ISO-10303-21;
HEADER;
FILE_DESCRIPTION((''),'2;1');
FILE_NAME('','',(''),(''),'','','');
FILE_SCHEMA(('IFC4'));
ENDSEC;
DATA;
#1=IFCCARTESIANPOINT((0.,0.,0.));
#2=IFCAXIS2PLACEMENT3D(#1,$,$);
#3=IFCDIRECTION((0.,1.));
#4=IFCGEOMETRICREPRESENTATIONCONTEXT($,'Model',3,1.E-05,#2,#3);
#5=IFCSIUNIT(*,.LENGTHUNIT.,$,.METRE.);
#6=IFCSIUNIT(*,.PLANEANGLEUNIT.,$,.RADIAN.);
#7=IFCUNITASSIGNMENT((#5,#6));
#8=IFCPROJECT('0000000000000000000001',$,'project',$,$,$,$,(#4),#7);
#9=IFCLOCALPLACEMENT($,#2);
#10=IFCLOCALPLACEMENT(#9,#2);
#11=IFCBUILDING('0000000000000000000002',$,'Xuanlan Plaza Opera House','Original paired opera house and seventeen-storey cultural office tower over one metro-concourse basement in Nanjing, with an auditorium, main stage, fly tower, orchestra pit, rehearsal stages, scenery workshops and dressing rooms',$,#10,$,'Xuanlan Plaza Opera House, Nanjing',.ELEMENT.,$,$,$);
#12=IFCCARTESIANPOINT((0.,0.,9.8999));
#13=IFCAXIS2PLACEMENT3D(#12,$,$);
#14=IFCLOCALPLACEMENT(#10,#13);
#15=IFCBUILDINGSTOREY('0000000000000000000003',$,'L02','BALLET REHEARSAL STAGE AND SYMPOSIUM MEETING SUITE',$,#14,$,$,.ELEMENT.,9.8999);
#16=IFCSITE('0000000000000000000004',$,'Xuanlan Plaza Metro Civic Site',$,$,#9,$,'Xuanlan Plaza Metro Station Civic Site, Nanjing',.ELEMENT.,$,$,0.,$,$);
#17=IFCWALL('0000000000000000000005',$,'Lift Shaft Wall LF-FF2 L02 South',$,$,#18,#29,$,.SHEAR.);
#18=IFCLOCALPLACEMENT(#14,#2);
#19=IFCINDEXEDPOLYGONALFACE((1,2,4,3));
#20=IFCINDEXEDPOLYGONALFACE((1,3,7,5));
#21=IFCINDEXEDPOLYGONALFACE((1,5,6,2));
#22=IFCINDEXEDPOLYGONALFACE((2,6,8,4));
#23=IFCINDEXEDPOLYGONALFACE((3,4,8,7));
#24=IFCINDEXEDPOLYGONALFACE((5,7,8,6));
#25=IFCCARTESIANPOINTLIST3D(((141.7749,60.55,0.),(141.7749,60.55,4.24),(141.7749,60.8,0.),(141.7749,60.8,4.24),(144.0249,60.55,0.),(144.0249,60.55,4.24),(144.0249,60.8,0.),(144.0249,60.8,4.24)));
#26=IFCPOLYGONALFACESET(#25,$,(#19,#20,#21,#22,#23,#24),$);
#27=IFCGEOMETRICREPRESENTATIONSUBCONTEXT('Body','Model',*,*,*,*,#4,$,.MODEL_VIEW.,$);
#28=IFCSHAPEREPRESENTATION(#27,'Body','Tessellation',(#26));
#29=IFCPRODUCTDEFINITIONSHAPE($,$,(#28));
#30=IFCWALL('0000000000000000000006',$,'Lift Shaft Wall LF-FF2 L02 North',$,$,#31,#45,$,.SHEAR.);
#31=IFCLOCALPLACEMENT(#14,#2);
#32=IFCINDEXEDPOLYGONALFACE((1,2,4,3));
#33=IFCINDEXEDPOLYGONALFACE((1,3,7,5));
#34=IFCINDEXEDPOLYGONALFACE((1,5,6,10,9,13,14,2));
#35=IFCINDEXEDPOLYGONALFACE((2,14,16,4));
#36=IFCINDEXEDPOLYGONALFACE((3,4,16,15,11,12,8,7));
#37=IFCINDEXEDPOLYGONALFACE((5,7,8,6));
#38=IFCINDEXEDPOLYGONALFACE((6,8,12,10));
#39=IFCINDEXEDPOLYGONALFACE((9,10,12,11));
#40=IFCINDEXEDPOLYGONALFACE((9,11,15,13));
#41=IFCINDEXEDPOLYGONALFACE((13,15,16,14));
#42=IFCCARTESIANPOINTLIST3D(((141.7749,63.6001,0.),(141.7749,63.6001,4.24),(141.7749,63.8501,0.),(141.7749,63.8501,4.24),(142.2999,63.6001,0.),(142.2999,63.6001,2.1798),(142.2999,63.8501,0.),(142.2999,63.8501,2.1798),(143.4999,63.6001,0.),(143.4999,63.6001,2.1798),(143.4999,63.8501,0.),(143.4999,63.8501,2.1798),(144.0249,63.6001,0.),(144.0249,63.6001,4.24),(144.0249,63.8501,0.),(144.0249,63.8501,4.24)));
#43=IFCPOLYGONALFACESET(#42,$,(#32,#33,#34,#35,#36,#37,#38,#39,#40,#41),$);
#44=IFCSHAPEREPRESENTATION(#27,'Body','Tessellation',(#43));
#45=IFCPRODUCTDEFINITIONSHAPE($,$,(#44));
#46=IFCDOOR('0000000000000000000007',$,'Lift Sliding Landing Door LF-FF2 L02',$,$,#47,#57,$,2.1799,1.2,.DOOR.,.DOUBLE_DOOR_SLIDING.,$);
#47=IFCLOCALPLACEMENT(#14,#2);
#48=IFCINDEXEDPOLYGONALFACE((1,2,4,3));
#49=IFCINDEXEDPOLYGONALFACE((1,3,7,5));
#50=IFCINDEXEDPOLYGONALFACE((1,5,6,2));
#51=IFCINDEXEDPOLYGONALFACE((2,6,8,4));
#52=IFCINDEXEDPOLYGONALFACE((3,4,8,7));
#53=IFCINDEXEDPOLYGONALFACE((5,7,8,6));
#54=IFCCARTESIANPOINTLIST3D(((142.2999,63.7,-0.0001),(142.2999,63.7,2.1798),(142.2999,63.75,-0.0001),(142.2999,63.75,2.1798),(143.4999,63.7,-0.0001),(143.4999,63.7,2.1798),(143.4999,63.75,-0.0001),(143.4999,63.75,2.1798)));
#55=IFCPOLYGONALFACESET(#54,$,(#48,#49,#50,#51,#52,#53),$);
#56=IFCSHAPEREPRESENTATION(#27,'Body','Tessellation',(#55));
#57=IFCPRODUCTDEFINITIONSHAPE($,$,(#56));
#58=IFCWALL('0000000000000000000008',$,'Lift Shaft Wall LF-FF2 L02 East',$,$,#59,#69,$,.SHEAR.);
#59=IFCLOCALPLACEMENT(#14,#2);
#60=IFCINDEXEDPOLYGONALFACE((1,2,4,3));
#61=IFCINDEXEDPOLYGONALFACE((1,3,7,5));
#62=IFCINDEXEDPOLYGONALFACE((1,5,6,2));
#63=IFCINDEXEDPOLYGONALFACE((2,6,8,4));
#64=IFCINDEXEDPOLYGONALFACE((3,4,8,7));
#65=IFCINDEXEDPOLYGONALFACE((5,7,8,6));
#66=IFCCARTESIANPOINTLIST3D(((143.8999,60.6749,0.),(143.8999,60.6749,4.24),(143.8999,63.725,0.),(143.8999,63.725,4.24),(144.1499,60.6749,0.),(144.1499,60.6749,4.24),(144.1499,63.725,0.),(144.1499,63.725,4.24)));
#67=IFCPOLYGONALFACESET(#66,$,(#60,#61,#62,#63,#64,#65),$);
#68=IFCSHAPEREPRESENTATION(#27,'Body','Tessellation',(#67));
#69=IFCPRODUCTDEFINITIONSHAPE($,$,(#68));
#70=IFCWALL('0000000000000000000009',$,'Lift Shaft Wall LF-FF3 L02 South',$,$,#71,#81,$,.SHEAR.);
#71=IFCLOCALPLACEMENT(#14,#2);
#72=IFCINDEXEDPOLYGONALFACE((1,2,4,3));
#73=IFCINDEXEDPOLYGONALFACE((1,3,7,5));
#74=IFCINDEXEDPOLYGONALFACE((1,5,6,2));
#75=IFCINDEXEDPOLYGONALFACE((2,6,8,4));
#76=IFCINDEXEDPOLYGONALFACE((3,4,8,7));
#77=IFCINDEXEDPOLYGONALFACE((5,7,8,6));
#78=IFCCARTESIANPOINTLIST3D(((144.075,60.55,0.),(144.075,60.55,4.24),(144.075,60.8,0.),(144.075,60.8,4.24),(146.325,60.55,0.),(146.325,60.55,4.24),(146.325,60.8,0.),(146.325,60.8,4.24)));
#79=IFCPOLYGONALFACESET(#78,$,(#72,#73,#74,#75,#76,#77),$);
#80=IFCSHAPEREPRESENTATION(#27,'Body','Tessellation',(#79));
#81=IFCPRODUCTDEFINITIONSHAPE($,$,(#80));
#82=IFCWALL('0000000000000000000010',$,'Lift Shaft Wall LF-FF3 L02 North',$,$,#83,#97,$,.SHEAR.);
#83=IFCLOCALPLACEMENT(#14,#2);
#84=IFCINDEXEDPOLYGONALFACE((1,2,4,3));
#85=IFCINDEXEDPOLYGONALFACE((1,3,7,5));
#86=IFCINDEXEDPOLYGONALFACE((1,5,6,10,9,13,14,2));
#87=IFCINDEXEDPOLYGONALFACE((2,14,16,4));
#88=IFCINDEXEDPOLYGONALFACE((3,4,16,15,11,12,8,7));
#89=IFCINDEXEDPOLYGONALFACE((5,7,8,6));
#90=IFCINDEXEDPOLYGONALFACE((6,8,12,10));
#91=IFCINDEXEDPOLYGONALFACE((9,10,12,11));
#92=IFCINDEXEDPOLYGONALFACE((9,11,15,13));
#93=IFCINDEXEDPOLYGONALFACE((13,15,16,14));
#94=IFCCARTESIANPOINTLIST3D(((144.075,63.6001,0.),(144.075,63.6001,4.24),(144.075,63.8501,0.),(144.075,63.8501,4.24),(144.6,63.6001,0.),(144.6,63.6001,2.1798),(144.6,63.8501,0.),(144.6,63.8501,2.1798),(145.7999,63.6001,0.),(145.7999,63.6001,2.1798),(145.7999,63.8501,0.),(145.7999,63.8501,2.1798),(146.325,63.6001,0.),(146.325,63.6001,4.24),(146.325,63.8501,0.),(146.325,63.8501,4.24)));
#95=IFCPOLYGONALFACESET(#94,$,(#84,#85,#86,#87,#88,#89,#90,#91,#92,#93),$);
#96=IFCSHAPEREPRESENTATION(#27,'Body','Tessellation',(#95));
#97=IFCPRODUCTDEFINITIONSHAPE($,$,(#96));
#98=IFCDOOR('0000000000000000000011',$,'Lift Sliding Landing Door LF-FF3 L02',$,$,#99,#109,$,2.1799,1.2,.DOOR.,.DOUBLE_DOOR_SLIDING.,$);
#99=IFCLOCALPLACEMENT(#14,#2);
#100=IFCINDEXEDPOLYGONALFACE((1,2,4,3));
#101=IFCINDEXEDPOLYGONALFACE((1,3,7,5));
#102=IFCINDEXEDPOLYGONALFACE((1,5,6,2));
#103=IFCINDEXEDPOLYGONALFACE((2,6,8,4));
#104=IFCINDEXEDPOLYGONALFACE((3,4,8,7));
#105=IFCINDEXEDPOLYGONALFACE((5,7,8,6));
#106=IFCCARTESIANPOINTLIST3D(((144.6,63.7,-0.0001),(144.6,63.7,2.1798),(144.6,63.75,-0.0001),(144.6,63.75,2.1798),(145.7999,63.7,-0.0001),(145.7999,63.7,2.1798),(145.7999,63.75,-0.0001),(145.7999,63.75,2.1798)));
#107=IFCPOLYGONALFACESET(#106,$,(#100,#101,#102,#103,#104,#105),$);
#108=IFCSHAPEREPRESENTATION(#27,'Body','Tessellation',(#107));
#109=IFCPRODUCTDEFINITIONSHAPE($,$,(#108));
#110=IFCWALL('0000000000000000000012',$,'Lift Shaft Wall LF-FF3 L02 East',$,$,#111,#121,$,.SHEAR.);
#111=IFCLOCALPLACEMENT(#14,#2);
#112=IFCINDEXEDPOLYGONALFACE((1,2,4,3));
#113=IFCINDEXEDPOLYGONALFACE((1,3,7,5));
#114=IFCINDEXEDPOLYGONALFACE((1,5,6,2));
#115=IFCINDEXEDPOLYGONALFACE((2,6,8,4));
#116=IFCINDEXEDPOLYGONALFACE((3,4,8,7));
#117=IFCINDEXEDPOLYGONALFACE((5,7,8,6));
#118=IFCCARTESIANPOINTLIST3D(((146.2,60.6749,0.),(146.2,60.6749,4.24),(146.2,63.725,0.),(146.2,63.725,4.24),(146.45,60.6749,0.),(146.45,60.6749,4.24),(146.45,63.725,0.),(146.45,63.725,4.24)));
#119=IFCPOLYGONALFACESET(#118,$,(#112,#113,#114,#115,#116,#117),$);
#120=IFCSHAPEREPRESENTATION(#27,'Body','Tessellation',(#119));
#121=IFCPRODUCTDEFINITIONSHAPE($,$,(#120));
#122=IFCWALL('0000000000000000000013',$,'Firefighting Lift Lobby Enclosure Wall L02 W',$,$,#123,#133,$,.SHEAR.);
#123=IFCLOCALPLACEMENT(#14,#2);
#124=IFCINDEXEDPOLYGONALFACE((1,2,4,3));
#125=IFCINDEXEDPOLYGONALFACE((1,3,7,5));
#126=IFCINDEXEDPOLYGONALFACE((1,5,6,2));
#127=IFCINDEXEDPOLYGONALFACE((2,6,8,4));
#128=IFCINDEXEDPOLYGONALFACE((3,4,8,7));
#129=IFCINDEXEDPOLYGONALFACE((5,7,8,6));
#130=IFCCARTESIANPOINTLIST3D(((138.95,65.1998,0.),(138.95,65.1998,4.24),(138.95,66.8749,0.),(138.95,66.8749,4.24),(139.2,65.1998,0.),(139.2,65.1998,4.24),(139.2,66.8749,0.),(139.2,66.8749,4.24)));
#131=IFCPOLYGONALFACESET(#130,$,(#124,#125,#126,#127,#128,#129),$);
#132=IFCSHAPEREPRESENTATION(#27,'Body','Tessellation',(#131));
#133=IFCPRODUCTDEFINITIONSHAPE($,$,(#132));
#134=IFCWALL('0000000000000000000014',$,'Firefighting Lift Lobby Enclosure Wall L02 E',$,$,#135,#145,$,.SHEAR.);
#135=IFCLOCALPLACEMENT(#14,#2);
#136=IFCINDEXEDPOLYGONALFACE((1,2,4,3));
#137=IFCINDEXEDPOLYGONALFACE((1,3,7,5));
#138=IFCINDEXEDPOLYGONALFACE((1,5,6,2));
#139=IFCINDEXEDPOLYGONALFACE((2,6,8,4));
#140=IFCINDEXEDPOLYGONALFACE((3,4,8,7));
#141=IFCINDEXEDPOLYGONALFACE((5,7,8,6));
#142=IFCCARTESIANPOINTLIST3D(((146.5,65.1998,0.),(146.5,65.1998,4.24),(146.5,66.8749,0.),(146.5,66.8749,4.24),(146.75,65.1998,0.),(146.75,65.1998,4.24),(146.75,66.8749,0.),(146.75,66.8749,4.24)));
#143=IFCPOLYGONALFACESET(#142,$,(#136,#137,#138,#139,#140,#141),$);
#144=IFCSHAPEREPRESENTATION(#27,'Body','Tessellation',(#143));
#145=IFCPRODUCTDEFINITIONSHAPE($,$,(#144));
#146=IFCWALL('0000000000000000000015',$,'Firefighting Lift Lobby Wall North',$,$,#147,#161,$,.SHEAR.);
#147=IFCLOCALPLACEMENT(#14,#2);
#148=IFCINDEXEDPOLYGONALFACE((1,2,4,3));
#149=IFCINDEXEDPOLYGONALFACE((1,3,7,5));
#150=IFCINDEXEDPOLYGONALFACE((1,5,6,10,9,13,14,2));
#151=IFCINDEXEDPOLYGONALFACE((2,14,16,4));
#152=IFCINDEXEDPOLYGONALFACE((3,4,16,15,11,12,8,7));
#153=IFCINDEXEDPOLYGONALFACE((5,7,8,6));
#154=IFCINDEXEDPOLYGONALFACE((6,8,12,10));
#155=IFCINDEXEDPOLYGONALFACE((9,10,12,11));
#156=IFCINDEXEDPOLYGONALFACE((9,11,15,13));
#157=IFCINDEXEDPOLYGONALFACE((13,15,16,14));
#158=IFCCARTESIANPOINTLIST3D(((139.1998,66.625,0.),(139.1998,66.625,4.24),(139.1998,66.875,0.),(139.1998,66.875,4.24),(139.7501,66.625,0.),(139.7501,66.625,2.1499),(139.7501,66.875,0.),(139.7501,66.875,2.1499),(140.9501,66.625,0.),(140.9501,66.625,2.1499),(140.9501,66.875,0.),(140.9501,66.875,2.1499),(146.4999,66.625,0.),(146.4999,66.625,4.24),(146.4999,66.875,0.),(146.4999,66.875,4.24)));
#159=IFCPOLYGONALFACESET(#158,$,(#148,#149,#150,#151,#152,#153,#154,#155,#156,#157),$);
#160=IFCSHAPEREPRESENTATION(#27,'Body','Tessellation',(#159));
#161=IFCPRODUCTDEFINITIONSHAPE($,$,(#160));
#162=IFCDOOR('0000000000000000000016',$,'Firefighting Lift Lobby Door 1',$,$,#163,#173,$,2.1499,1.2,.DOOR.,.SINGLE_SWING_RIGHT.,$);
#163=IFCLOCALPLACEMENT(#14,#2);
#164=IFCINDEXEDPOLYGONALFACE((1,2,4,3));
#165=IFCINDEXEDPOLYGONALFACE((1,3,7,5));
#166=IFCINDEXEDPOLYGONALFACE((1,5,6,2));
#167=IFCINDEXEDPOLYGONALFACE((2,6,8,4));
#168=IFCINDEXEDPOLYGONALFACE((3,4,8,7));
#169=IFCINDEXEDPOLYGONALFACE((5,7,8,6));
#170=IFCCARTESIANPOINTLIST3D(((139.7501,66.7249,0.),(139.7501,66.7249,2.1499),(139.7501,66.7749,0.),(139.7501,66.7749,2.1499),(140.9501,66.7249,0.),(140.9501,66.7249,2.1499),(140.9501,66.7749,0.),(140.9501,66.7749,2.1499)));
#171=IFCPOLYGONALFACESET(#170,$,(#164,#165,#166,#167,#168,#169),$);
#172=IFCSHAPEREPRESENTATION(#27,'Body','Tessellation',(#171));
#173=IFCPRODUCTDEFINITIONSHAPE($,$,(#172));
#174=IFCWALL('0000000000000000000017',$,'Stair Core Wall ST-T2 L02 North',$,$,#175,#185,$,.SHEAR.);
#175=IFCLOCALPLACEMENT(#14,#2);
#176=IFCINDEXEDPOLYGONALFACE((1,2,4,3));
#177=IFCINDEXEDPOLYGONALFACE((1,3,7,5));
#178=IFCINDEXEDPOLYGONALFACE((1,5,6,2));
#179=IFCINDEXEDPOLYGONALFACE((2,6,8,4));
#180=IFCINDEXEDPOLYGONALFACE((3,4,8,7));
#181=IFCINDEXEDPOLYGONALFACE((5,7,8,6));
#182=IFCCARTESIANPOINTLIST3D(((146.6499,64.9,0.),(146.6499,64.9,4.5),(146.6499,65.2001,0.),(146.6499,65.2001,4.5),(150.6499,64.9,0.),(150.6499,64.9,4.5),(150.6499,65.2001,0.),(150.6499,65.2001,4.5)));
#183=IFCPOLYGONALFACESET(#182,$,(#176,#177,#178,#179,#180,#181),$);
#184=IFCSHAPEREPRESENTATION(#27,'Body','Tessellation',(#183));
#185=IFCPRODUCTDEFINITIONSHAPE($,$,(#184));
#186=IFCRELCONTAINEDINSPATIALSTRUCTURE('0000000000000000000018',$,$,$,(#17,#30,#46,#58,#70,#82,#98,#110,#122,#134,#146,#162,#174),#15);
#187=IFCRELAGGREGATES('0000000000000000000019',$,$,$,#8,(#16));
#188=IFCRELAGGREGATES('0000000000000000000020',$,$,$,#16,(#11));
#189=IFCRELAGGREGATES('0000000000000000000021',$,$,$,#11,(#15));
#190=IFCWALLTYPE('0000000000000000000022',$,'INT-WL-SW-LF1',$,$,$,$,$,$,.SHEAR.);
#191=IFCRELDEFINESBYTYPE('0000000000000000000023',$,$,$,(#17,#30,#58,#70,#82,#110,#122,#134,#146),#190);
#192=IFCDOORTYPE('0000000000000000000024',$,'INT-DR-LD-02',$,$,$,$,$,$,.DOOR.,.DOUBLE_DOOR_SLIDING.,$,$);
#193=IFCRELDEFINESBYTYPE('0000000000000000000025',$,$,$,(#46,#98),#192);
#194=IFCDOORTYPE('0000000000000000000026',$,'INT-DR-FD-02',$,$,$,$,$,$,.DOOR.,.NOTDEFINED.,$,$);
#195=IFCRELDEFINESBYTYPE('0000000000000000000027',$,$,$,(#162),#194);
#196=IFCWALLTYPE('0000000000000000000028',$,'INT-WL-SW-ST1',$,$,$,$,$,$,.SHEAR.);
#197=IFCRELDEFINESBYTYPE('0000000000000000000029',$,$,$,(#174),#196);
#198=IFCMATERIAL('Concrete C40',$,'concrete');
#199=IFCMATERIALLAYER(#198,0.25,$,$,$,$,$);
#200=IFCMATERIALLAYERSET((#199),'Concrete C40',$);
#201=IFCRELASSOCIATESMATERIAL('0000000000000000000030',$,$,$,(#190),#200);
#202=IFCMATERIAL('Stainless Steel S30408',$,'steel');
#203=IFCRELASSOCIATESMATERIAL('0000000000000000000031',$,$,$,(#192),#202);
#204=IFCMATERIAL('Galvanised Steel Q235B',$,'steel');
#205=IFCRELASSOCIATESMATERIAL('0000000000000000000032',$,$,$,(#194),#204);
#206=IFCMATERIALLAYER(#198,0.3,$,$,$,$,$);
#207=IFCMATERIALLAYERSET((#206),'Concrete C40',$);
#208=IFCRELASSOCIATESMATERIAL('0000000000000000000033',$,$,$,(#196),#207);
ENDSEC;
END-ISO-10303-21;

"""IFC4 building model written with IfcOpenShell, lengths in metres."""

from ifc_helpers import new_model, si_unit, direction, frame, frame_2d, origin, place, context, subcontext, project, spatial, rectangle, extrude, material, layer, layer_set, type_object, element, fill, save


model = new_model("IFC4")

# Units and contexts
model_context = context("Model", 3, precision=1e-05, world=origin(), true_north=direction((0.0, 1.0)))
body_context = subcontext(model_context, "Body", "Model", "MODEL_VIEW")
ifc_project = project(units=[si_unit("LENGTHUNIT", "METRE"), si_unit("PLANEANGLEUNIT", "RADIAN")], contexts=[model_context])

# Site, building, storey
site_placement = place(None, origin())
site = spatial("IfcSite", under=ifc_project, at=site_placement, Name="Xuanlan Plaza Metro Civic Site", LongName="Xuanlan Plaza Metro Station Civic Site, Nanjing", CompositionType="ELEMENT", RefElevation=0.0)
building_placement = place(site_placement, origin())
building = spatial("IfcBuilding", under=site, at=building_placement, Name="Xuanlan Plaza Opera House", Description="Original paired opera house and seventeen-storey cultural office tower over one metro-concourse basement in Nanjing, with an auditorium, main stage, fly tower, orchestra pit, rehearsal stages, scenery workshops and dressing rooms", LongName="Xuanlan Plaza Opera House, Nanjing", CompositionType="ELEMENT")
storey_placement = place(building_placement, frame((0.0, 0.0, 9.8999)))
storey = spatial("IfcBuildingStorey", under=building, at=storey_placement, Name="L02", Description="BALLET REHEARSAL STAGE AND SYMPOSIUM MEETING SUITE", CompositionType="ELEMENT", Elevation=9.8999)

# Shared definitions
ifc_material_1 = material(Name="Concrete C40", Category="concrete")

# Shared definitions
ifc_layer_1 = layer(ifc_material_1, 0.25)
ifc_layer_set_1 = layer_set([ifc_layer_1], Name="Concrete C40")
wall_type_1 = type_object("IfcWallType", Name="INT-WL-SW-LF1", PredefinedType="SHEAR", material=ifc_layer_set_1)

# Shared definitions
ifc_material_2 = material(Name="Stainless Steel S30408", Category="steel")
door_type_1 = type_object("IfcDoorType", Name="INT-DR-LD-02", OperationType="DOUBLE_DOOR_SLIDING", PredefinedType="DOOR", material=ifc_material_2)

# Wall
wall_1_placement = place(storey_placement, frame((141.7749, 60.675, 0.0), z_axis=(0.0, 0.0, 1.0), x_axis=(1.0, 0.0, 0.0)))
element("IfcWall", 1, at=wall_1_placement, inside=storey, type_object=wall_type_1, Name="Lift Shaft Wall LF-FF2 L02 South", PredefinedType="SHEAR", context=body_context, shape_type="SweptSolid", body=[
    extrude(rectangle(XDim=2.25, YDim=0.25, at=frame_2d((1.125, 0.0))), origin(), (0.0, 0.0, 1.0), 4.24),
])

# Wall, opening, door
wall_2_placement = place(storey_placement, frame((141.7749, 63.7251, 0.0), z_axis=(0.0, 0.0, 1.0), x_axis=(1.0, 0.0, 0.0)))
wall_2 = element("IfcWall", 2, at=wall_2_placement, inside=storey, type_object=wall_type_1, Name="Lift Shaft Wall LF-FF2 L02 North", PredefinedType="SHEAR", context=body_context, shape_type="SweptSolid", body=[
    extrude(rectangle(XDim=2.25, YDim=0.25, at=frame_2d((1.125, 0.0))), origin(), (0.0, 0.0, 1.0), 4.24),
])
opening_1_placement = place(wall_2_placement, frame((0.5249, 0.0, 0.0)))
opening_1 = element("IfcOpeningElement", 3, at=opening_1_placement, cuts=wall_2, PredefinedType="OPENING", context=body_context, shape_type="SweptSolid", body=[
    extrude(rectangle(XDim=1.2, YDim=2.1799, at=frame_2d((0.6001, 1.0898))), frame((0.0, 0.135, 0.0), z_axis=(0.0, -1.0, 0.0), x_axis=(1.0, 0.0, 0.0)), (0.0, 0.0, 1.0), 0.27),
])
door_1_placement = place(opening_1_placement, origin())
door_1 = element("IfcDoor", 4, at=door_1_placement, inside=storey, type_object=door_type_1, Name="Lift Sliding Landing Door LF-FF2 L02", OperationType="DOUBLE_DOOR_SLIDING", OverallHeight=2.1799, OverallWidth=1.2, PredefinedType="DOOR", context=body_context, shape_type="SweptSolid", body=[
    extrude(rectangle(XDim=1.2, YDim=2.1799, at=frame_2d((0.6001, 1.0898))), frame((0.0, 0.0249, 0.0), z_axis=(0.0, -1.0, 0.0), x_axis=(1.0, 0.0, 0.0)), (0.0, 0.0, 1.0), 0.05),
])
fill(opening_1, door_1)

# Walls
wall_3_placement = place(storey_placement, frame((144.0249, 60.675, 0.0), z_axis=(0.0, 0.0, 1.0), x_axis=(0.0, 1.0, 0.0)))
element("IfcWall", 5, at=wall_3_placement, inside=storey, type_object=wall_type_1, Name="Lift Shaft Wall LF-FF2 L02 East", PredefinedType="SHEAR", context=body_context, shape_type="SweptSolid", body=[
    extrude(rectangle(XDim=3.05, YDim=0.25, at=frame_2d((1.5249, 0.0))), origin(), (0.0, 0.0, 1.0), 4.24),
])
wall_4_placement = place(storey_placement, frame((144.075, 60.675, 0.0), z_axis=(0.0, 0.0, 1.0), x_axis=(1.0, 0.0, 0.0)))
element("IfcWall", 6, at=wall_4_placement, inside=storey, type_object=wall_type_1, Name="Lift Shaft Wall LF-FF3 L02 South", PredefinedType="SHEAR", context=body_context, shape_type="SweptSolid", body=[
    extrude(rectangle(XDim=2.25, YDim=0.25, at=frame_2d((1.125, 0.0))), origin(), (0.0, 0.0, 1.0), 4.24),
])

# Wall, opening, door
wall_5_placement = place(storey_placement, frame((144.075, 63.7251, 0.0), z_axis=(0.0, 0.0, 1.0), x_axis=(1.0, 0.0, 0.0)))
wall_5 = element("IfcWall", 7, at=wall_5_placement, inside=storey, type_object=wall_type_1, Name="Lift Shaft Wall LF-FF3 L02 North", PredefinedType="SHEAR", context=body_context, shape_type="SweptSolid", body=[
    extrude(rectangle(XDim=2.25, YDim=0.25, at=frame_2d((1.125, 0.0))), origin(), (0.0, 0.0, 1.0), 4.24),
])
opening_2_placement = place(wall_5_placement, frame((0.5249, 0.0, 0.0)))
opening_2 = element("IfcOpeningElement", 8, at=opening_2_placement, cuts=wall_5, PredefinedType="OPENING", context=body_context, shape_type="SweptSolid", body=[
    extrude(rectangle(XDim=1.2, YDim=2.1799, at=frame_2d((0.6001, 1.0898))), frame((0.0, 0.135, 0.0), z_axis=(0.0, -1.0, 0.0), x_axis=(1.0, 0.0, 0.0)), (0.0, 0.0, 1.0), 0.27),
])
door_2_placement = place(opening_2_placement, origin())
door_2 = element("IfcDoor", 9, at=door_2_placement, inside=storey, type_object=door_type_1, Name="Lift Sliding Landing Door LF-FF3 L02", OperationType="DOUBLE_DOOR_SLIDING", OverallHeight=2.1799, OverallWidth=1.2, PredefinedType="DOOR", context=body_context, shape_type="SweptSolid", body=[
    extrude(rectangle(XDim=1.2, YDim=2.1799, at=frame_2d((0.6001, 1.0898))), frame((0.0, 0.0249, 0.0), z_axis=(0.0, -1.0, 0.0), x_axis=(1.0, 0.0, 0.0)), (0.0, 0.0, 1.0), 0.05),
])
fill(opening_2, door_2)

# Walls
wall_6_placement = place(storey_placement, frame((146.325, 60.675, 0.0), z_axis=(0.0, 0.0, 1.0), x_axis=(0.0, 1.0, 0.0)))
element("IfcWall", 10, at=wall_6_placement, inside=storey, type_object=wall_type_1, Name="Lift Shaft Wall LF-FF3 L02 East", PredefinedType="SHEAR", context=body_context, shape_type="SweptSolid", body=[
    extrude(rectangle(XDim=3.05, YDim=0.25, at=frame_2d((1.5249, 0.0))), origin(), (0.0, 0.0, 1.0), 4.24),
])
for number, where, z_axis, x_axis, name in (
    (11, (139.075, 65.2, 0.0), (0.0, 0.0, 1.0), (0.0, 1.0, 0.0), "Firefighting Lift Lobby Enclosure Wall L02 W"),
    (12, (146.625, 65.2, 0.0), (0.0, 0.0, 1.0), (0.0, 1.0, 0.0), "Firefighting Lift Lobby Enclosure Wall L02 E"),
):
    element("IfcWall", number, at=place(storey_placement, frame(where, z_axis=z_axis, x_axis=x_axis)), inside=storey, type_object=wall_type_1, Name=name, PredefinedType="SHEAR", context=body_context, shape_type="SweptSolid", body=[
        extrude(rectangle(XDim=1.675, YDim=0.25, at=frame_2d((0.8374, 0.0))), origin(), (0.0, 0.0, 1.0), 4.24),
    ])

# Wall, opening, door
wall_7_placement = place(storey_placement, frame((139.2, 66.75, 0.0), z_axis=(0.0, 0.0, 1.0), x_axis=(1.0, 0.0, 0.0)))
wall_7 = element("IfcWall", 13, at=wall_7_placement, inside=storey, type_object=wall_type_1, Name="Firefighting Lift Lobby Wall North", PredefinedType="SHEAR", context=body_context, shape_type="SweptSolid", body=[
    extrude(rectangle(XDim=7.3, YDim=0.25, at=frame_2d((3.6499, 0.0))), origin(), (0.0, 0.0, 1.0), 4.24),
])
opening_3_placement = place(wall_7_placement, frame((0.55, 0.0, 0.0)))
opening_3 = element("IfcOpeningElement", 14, at=opening_3_placement, cuts=wall_7, PredefinedType="OPENING", context=body_context, shape_type="SweptSolid", body=[
    extrude(rectangle(XDim=1.2, YDim=2.1499, at=frame_2d((0.6001, 1.075))), frame((0.0, 0.135, 0.0), z_axis=(0.0, -1.0, 0.0), x_axis=(1.0, 0.0, 0.0)), (0.0, 0.0, 1.0), 0.27),
])
ifc_material_3 = material(Name="Galvanised Steel Q235B", Category="steel")
door_type_2 = type_object("IfcDoorType", Name="INT-DR-FD-02", OperationType="NOTDEFINED", PredefinedType="DOOR", material=ifc_material_3)
door_3_placement = place(opening_3_placement, origin())
door_3 = element("IfcDoor", 15, at=door_3_placement, inside=storey, type_object=door_type_2, Name="Firefighting Lift Lobby Door 1", OperationType="SINGLE_SWING_RIGHT", OverallHeight=2.1499, OverallWidth=1.2, PredefinedType="DOOR", context=body_context, shape_type="SweptSolid", body=[
    extrude(rectangle(XDim=1.2, YDim=2.1499, at=frame_2d((0.6001, 1.075))), frame((0.0, 0.0249, 0.0), z_axis=(0.0, -1.0, 0.0), x_axis=(1.0, 0.0, 0.0)), (0.0, 0.0, 1.0), 0.05),
])
fill(opening_3, door_3)

# Wall
ifc_layer_2 = layer(ifc_material_1, 0.3)
ifc_layer_set_2 = layer_set([ifc_layer_2], Name="Concrete C40")
wall_type_2 = type_object("IfcWallType", Name="INT-WL-SW-ST1", PredefinedType="SHEAR", material=ifc_layer_set_2)
wall_8_placement = place(storey_placement, frame((146.6499, 65.05, 0.0), z_axis=(0.0, 0.0, 1.0), x_axis=(1.0, 0.0, 0.0)))
element("IfcWall", 16, at=wall_8_placement, inside=storey, type_object=wall_type_2, Name="Stair Core Wall ST-T2 L02 North", PredefinedType="SHEAR", context=body_context, shape_type="SweptSolid", body=[
    extrude(rectangle(XDim=4.0, YDim=0.3, at=frame_2d((2.0, 0.0))), origin(), (0.0, 0.0, 1.0), 4.5),
])

save(model, "model.ifc")
